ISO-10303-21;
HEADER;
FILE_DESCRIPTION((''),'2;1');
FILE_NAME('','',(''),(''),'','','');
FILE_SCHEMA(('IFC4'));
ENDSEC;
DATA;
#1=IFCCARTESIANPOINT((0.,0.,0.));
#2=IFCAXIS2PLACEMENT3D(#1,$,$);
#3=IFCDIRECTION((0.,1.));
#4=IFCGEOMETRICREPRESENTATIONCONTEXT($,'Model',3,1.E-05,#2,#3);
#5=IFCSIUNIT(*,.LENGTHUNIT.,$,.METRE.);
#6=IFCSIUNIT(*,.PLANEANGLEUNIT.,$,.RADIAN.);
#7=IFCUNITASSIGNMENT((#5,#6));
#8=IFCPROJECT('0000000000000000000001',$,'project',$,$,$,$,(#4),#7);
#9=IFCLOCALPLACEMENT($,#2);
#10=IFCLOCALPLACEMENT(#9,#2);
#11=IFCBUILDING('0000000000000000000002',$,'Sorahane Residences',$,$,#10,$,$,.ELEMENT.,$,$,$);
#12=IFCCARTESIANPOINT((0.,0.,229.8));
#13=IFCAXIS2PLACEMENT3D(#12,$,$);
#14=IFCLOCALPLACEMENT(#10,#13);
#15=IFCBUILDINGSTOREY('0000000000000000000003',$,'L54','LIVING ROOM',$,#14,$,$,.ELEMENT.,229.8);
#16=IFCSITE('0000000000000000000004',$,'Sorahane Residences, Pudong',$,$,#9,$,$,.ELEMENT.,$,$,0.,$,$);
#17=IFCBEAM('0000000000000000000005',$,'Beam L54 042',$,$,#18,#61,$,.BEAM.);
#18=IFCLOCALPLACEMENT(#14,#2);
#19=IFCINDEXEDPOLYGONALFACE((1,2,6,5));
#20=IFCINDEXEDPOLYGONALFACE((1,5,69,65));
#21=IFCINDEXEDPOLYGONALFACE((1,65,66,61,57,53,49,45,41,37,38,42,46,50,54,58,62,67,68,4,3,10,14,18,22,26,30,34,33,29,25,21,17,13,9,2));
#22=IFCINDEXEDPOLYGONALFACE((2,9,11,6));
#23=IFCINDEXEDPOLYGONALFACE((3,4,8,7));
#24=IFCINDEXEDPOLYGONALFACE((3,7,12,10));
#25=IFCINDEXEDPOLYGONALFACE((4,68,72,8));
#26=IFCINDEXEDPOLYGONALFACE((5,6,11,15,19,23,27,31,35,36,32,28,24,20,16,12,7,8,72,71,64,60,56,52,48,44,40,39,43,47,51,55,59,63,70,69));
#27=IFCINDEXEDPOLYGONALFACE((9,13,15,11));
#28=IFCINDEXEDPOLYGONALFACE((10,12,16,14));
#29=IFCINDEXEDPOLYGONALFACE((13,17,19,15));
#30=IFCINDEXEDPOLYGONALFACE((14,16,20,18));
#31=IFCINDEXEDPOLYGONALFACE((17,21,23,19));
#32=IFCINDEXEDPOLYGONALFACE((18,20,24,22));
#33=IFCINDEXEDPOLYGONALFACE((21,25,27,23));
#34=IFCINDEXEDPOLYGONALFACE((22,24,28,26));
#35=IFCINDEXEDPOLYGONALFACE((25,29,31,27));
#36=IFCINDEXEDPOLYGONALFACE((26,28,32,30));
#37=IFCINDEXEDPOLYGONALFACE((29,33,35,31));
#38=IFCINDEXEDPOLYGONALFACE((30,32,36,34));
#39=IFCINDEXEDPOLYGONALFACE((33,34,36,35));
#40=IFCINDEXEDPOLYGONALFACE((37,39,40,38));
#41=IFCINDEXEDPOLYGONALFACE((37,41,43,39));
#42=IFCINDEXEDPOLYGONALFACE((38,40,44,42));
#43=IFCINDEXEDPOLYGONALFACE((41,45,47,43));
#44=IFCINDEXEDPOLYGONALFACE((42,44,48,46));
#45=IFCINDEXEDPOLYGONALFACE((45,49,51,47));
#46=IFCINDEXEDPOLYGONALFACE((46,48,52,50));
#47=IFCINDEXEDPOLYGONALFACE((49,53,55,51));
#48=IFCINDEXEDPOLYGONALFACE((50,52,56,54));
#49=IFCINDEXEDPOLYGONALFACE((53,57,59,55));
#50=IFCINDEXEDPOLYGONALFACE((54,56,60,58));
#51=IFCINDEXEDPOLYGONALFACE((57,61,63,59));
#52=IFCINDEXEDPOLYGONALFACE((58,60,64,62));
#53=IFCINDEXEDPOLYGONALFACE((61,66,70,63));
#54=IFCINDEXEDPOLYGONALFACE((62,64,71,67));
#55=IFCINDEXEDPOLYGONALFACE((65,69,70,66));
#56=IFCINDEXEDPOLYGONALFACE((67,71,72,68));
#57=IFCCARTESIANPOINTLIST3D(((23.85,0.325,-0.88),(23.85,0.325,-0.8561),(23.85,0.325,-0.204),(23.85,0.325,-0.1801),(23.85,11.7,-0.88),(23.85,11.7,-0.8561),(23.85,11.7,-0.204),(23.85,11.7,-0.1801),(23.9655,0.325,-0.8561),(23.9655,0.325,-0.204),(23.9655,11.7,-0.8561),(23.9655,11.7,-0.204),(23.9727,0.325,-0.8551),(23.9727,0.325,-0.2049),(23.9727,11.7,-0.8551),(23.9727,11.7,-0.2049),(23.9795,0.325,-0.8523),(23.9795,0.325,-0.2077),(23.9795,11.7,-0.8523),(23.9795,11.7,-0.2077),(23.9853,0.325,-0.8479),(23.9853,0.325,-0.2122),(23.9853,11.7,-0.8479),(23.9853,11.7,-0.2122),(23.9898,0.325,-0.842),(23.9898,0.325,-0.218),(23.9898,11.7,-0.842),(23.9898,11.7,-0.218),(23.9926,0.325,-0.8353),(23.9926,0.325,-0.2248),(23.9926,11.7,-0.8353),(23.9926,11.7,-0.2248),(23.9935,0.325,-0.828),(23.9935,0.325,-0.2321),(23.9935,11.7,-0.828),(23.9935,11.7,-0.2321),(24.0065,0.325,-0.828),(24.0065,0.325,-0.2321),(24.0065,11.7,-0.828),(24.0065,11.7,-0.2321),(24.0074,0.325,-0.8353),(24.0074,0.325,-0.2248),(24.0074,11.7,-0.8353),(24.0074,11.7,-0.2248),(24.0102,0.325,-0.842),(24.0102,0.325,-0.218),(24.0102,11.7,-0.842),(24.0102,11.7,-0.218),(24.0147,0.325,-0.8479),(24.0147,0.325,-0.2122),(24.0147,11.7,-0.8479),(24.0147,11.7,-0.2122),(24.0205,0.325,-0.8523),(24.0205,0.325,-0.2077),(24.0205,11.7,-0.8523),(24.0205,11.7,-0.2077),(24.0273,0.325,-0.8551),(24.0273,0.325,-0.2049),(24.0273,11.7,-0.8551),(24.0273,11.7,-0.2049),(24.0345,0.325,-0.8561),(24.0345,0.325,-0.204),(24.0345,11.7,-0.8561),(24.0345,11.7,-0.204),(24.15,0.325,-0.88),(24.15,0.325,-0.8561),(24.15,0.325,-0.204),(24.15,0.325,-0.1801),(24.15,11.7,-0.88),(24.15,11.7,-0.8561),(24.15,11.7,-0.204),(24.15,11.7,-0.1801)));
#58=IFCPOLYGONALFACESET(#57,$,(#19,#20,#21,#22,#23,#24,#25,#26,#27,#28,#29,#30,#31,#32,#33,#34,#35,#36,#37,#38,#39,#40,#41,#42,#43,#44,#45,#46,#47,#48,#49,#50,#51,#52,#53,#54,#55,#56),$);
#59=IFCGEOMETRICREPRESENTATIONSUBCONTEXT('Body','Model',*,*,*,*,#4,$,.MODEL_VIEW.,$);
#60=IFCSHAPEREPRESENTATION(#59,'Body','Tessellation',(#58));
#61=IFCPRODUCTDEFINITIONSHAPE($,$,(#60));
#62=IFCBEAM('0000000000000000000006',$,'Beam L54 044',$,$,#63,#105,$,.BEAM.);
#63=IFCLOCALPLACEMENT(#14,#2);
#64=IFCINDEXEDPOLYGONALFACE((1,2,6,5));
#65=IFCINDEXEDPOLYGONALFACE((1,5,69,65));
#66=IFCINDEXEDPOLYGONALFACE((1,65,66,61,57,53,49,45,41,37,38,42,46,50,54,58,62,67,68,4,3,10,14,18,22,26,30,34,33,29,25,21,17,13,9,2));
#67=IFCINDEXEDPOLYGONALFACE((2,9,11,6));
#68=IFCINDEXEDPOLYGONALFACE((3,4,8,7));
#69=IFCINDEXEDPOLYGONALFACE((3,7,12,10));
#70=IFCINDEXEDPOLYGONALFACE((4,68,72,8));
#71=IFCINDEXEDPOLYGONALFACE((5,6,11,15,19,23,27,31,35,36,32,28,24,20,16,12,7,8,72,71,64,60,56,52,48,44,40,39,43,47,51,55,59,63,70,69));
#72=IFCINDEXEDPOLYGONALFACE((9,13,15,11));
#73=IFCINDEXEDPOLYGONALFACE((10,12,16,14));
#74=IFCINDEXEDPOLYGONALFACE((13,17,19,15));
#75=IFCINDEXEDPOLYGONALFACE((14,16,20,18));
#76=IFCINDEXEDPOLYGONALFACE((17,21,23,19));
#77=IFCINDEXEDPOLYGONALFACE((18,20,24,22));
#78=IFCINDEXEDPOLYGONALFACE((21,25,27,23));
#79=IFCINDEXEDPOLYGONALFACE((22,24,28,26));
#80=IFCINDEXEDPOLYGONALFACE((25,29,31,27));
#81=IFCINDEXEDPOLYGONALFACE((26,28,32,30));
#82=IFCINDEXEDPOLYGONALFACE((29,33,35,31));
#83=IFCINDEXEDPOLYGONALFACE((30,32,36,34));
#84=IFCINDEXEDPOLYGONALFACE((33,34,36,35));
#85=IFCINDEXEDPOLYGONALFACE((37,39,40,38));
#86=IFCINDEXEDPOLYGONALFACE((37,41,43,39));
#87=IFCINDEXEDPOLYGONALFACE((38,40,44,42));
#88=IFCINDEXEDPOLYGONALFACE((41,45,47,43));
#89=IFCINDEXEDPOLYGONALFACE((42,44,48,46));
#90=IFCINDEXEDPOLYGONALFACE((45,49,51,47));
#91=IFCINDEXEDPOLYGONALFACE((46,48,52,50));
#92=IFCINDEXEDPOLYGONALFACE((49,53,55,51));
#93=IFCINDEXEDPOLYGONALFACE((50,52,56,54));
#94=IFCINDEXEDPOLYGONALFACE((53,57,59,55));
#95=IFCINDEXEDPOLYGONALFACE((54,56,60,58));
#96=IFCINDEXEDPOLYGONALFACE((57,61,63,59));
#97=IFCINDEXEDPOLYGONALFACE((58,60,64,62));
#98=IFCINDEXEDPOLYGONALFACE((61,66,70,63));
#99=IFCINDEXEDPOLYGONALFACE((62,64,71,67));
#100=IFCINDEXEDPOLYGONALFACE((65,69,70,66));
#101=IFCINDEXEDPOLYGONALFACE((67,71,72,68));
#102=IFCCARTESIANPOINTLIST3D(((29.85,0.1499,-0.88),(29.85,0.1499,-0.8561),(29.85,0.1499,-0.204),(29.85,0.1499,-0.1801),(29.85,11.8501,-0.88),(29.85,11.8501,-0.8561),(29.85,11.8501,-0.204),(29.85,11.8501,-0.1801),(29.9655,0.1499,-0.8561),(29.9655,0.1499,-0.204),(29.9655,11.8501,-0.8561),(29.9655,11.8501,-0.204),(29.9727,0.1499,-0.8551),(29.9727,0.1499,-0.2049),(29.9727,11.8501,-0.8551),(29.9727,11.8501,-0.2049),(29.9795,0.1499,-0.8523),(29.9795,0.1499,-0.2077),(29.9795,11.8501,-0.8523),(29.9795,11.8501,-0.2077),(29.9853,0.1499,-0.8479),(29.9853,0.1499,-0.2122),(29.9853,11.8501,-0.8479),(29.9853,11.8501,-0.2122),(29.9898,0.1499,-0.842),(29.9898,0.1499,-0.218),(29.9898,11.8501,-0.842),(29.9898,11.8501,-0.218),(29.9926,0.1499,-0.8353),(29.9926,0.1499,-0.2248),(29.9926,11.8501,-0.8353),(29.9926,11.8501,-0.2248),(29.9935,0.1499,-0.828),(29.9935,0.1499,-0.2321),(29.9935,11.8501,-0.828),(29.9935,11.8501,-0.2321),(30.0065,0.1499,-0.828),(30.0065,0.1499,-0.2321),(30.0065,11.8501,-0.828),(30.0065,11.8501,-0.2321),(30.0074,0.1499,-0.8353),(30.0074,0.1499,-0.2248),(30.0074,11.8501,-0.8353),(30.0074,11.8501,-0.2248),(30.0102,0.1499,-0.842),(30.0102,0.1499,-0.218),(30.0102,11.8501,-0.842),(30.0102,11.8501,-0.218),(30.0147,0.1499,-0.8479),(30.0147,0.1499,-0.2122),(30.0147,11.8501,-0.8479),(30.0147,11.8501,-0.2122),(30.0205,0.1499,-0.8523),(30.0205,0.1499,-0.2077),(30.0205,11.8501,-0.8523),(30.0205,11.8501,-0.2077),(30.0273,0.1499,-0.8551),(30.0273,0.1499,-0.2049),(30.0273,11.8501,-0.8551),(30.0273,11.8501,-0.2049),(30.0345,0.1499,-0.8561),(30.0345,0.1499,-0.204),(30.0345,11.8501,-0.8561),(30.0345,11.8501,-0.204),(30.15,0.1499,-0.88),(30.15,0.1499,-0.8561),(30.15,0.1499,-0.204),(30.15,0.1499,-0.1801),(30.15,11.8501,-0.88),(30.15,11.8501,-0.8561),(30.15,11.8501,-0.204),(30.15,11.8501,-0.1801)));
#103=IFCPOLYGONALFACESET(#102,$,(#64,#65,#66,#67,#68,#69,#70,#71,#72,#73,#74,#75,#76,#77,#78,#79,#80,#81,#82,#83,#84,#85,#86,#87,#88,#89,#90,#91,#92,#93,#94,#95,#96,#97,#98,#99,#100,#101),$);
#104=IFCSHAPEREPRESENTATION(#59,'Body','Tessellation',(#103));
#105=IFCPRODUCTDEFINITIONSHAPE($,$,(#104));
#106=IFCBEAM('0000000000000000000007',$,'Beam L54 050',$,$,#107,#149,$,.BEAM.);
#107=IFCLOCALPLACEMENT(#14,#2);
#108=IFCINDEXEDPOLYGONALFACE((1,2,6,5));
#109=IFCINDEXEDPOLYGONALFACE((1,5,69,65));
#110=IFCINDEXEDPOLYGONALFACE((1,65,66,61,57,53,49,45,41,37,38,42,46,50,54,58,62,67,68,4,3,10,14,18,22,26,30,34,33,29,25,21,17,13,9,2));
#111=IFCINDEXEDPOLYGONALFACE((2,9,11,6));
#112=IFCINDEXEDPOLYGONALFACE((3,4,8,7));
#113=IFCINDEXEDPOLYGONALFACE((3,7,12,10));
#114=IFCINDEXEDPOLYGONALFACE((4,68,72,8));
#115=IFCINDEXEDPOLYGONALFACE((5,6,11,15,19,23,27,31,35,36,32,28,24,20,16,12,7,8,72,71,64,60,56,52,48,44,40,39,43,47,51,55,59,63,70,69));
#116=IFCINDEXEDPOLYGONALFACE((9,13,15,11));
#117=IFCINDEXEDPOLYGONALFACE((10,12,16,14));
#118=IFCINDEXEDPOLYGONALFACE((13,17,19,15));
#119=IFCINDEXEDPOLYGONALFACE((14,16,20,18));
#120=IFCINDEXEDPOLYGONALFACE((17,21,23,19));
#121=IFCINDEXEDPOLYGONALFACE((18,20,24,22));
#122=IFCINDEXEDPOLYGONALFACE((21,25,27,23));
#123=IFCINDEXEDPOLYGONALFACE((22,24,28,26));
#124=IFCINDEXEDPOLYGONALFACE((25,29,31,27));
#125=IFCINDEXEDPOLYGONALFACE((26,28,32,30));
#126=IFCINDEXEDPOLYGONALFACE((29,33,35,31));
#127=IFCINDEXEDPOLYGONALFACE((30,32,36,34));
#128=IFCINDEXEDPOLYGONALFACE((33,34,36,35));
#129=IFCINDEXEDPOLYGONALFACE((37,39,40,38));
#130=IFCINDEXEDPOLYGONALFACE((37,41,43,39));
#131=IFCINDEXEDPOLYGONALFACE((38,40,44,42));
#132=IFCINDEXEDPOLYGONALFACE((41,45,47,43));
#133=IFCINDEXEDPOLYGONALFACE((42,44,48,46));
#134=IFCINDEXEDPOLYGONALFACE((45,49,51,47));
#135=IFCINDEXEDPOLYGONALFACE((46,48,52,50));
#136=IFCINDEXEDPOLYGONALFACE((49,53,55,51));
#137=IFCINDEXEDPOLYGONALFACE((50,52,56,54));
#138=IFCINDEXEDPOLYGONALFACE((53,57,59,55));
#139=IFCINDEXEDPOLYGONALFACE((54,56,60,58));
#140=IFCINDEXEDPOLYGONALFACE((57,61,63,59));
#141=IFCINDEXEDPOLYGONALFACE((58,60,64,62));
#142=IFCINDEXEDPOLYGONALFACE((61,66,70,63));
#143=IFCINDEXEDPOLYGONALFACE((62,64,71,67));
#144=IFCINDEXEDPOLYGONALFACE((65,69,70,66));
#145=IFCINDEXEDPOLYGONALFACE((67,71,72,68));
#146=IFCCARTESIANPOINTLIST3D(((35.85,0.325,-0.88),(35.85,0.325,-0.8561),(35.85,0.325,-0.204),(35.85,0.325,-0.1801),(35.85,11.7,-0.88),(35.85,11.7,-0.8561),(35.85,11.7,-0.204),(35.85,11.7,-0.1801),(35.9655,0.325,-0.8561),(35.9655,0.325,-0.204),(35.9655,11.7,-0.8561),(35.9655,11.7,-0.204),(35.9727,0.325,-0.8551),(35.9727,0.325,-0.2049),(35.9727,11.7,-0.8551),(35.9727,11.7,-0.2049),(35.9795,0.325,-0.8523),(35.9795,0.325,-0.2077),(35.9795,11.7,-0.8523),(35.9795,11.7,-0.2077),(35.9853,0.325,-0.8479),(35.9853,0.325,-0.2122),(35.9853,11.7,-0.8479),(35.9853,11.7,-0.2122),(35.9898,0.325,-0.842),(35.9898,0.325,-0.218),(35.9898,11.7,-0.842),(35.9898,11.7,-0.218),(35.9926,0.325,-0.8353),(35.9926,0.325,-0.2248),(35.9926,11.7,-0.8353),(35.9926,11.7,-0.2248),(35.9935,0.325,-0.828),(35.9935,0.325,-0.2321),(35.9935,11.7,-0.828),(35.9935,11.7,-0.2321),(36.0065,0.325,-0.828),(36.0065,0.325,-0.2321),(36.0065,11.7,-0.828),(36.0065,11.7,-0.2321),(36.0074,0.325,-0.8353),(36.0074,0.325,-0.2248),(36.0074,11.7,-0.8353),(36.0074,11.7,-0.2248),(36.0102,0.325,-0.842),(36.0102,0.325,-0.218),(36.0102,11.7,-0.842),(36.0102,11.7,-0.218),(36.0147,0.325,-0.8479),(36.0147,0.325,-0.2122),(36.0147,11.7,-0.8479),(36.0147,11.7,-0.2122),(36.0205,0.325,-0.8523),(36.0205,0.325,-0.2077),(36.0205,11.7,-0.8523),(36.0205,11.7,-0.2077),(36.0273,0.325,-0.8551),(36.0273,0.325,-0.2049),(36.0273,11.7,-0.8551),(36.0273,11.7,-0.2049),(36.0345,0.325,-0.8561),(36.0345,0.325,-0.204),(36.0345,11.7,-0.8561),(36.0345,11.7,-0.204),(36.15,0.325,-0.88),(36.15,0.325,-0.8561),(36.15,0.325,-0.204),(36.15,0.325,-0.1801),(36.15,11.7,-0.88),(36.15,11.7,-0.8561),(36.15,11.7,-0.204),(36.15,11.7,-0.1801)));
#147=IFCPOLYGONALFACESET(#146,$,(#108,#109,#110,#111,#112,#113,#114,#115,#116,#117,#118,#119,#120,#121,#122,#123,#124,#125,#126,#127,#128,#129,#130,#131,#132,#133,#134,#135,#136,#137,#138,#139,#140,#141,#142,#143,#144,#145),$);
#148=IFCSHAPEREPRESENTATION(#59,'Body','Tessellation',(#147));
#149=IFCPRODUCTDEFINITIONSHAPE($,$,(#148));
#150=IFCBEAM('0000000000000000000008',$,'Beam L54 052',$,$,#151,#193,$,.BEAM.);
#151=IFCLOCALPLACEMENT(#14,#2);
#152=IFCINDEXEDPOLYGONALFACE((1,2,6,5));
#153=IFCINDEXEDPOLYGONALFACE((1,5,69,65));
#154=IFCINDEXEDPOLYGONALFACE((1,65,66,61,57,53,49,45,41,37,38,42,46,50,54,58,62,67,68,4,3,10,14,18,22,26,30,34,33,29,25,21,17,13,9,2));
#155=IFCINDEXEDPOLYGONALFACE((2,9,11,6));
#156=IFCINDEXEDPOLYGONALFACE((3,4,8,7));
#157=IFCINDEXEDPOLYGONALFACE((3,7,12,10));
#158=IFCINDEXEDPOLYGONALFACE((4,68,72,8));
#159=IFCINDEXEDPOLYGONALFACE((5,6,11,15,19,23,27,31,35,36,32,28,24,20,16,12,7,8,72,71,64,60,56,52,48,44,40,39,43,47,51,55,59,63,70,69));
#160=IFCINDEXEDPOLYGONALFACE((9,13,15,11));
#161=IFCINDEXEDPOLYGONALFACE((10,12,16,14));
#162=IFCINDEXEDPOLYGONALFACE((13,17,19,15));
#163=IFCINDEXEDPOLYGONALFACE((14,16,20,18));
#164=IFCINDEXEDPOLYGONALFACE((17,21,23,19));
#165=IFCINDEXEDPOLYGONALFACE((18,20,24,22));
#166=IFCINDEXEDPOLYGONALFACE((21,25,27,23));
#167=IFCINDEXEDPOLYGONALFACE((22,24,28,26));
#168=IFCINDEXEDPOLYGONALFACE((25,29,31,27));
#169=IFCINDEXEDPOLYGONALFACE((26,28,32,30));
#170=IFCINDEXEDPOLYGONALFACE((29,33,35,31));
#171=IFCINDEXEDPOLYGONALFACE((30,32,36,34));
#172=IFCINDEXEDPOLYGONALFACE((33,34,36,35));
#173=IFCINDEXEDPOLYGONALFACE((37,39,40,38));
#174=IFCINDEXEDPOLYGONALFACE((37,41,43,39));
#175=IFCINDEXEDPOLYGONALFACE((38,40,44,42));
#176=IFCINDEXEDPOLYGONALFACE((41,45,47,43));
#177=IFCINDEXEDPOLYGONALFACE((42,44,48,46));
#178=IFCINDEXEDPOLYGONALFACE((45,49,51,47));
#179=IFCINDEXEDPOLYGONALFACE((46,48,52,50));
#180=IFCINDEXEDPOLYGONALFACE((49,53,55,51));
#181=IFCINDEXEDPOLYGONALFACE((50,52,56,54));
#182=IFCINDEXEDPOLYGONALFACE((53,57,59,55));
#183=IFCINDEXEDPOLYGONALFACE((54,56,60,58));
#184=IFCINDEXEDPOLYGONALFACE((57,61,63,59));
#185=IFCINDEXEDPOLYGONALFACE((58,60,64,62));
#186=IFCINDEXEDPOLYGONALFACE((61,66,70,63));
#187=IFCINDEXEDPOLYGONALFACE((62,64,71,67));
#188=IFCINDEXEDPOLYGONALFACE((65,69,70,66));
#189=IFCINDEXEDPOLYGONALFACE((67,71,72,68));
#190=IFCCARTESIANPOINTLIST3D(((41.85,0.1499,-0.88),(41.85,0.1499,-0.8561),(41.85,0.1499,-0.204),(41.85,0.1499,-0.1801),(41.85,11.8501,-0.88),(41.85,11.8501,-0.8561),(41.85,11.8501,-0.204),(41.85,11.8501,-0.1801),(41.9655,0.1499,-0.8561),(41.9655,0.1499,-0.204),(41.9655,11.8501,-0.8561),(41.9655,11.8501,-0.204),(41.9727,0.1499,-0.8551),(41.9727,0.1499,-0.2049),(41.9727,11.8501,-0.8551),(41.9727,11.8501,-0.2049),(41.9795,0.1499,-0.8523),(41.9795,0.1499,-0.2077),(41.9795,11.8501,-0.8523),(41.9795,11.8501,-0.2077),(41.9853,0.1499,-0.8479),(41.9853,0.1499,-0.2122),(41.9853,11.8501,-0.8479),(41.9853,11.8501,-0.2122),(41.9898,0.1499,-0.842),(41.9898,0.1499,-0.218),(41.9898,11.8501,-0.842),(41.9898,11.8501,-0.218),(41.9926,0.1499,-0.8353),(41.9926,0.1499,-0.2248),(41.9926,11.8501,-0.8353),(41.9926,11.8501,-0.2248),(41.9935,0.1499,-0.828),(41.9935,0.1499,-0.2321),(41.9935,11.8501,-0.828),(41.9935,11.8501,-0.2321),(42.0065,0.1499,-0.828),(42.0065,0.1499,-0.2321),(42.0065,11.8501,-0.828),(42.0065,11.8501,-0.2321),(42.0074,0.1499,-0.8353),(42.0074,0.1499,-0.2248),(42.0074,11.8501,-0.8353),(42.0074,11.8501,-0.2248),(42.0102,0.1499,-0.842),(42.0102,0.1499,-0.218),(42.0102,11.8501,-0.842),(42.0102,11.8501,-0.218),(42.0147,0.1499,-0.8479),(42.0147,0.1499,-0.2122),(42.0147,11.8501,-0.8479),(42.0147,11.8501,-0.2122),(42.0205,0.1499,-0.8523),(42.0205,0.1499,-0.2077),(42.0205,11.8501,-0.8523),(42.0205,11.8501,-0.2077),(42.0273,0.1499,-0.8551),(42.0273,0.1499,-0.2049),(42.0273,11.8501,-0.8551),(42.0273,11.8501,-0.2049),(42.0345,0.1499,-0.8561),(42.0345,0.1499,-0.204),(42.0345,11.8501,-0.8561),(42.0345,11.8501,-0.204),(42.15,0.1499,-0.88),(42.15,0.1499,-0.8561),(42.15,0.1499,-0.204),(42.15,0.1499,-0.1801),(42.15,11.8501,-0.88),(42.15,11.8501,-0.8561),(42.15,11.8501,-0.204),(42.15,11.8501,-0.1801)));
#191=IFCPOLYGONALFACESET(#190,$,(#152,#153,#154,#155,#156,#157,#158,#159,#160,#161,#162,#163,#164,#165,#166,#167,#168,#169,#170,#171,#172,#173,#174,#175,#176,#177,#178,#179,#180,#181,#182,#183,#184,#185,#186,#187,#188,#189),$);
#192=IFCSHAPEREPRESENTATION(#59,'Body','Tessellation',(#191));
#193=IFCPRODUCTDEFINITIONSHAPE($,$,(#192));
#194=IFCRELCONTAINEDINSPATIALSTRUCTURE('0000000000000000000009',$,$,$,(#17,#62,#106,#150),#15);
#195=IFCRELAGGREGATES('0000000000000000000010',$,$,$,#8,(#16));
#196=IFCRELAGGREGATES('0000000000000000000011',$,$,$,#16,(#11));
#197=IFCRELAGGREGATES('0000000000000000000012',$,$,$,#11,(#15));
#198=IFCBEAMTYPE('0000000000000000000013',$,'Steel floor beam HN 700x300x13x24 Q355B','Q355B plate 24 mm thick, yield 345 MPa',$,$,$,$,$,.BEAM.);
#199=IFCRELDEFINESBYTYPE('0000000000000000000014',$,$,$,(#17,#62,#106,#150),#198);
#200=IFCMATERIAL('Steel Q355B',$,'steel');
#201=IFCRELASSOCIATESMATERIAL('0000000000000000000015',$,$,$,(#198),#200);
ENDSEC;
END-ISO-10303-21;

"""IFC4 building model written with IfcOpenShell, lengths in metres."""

from ifc_helpers import new_model, si_unit, direction, frame, origin, origin_2d, place, context, subcontext, project, spatial, i_section, extrude, material, material_profile, profile_set, type_object, element, save


model = new_model("IFC4")

# Units and contexts
model_context = context("Model", 3, precision=1e-05, world=origin(), true_north=direction((0.0, 1.0)))
body_context = subcontext(model_context, "Body", "Model", "MODEL_VIEW")
ifc_project = project(units=[si_unit("LENGTHUNIT", "METRE"), si_unit("PLANEANGLEUNIT", "RADIAN")], contexts=[model_context])

# Site, building, storey
site_placement = place(None, origin())
site = spatial("IfcSite", under=ifc_project, at=site_placement, Name="Sorahane Residences, Pudong", CompositionType="ELEMENT", RefElevation=0.0)
building_placement = place(site_placement, origin())
building = spatial("IfcBuilding", under=site, at=building_placement, Name="Sorahane Residences", CompositionType="ELEMENT")
storey_placement = place(building_placement, frame((0.0, 0.0, 229.8)))
storey = spatial("IfcBuildingStorey", under=building, at=storey_placement, Name="L54", Description="LIVING ROOM", CompositionType="ELEMENT", Elevation=229.8)

# Beams
ifc_material_1 = material(Name="Steel Q355B", Category="steel")
ifc_material_profile_1 = material_profile(ifc_material_1, i_section(OverallWidth=0.3, OverallDepth=0.7, WebThickness=0.0129, FlangeThickness=0.0239, FilletRadius=0.0281, at=origin_2d()), Name="HN 700x300x13x24")
ifc_profile_set_1 = profile_set([ifc_material_profile_1], Name="Steel Q355B")
beam_type_1 = type_object("IfcBeamType", Name="Steel floor beam HN 700x300x13x24 Q355B", Description="Q355B plate 24 mm thick, yield 345 MPa", PredefinedType="BEAM", material=ifc_profile_set_1)
beam_1_placement = place(storey_placement, frame((24.0, 0.325, -0.53), z_axis=(0.0, 1.0, 0.0), x_axis=(-1.0, 0.0, 0.0)))
element("IfcBeam", 1, at=beam_1_placement, inside=storey, type_object=beam_type_1, Name="Beam L54 042", PredefinedType="BEAM", context=body_context, shape_type="SweptSolid", body=[
    extrude(i_section(OverallWidth=0.3, OverallDepth=0.7, WebThickness=0.0129, FlangeThickness=0.0239, FilletRadius=0.0281, at=origin_2d()), origin(), (0.0, 0.0, 1.0), 11.375),
])
beam_2_placement = place(storey_placement, frame((30.0, 0.1499, -0.53), z_axis=(0.0, 1.0, 0.0), x_axis=(-1.0, 0.0, 0.0)))
element("IfcBeam", 2, at=beam_2_placement, inside=storey, type_object=beam_type_1, Name="Beam L54 044", PredefinedType="BEAM", context=body_context, shape_type="SweptSolid", body=[
    extrude(i_section(OverallWidth=0.3, OverallDepth=0.7, WebThickness=0.0129, FlangeThickness=0.0239, FilletRadius=0.0281, at=origin_2d()), origin(), (0.0, 0.0, 1.0), 11.7002),
])
beam_3_placement = place(storey_placement, frame((36.0, 0.325, -0.53), z_axis=(0.0, 1.0, 0.0), x_axis=(-1.0, 0.0, 0.0)))
element("IfcBeam", 3, at=beam_3_placement, inside=storey, type_object=beam_type_1, Name="Beam L54 050", PredefinedType="BEAM", context=body_context, shape_type="SweptSolid", body=[
    extrude(i_section(OverallWidth=0.3, OverallDepth=0.7, WebThickness=0.0129, FlangeThickness=0.0239, FilletRadius=0.0281, at=origin_2d()), origin(), (0.0, 0.0, 1.0), 11.375),
])
beam_4_placement = place(storey_placement, frame((42.0, 0.1499, -0.53), z_axis=(0.0, 1.0, 0.0), x_axis=(-1.0, 0.0, 0.0)))
element("IfcBeam", 4, at=beam_4_placement, inside=storey, type_object=beam_type_1, Name="Beam L54 052", PredefinedType="BEAM", context=body_context, shape_type="SweptSolid", body=[
    extrude(i_section(OverallWidth=0.3, OverallDepth=0.7, WebThickness=0.0129, FlangeThickness=0.0239, FilletRadius=0.0281, at=origin_2d()), origin(), (0.0, 0.0, 1.0), 11.7002),
])

save(model, "model.ifc")
